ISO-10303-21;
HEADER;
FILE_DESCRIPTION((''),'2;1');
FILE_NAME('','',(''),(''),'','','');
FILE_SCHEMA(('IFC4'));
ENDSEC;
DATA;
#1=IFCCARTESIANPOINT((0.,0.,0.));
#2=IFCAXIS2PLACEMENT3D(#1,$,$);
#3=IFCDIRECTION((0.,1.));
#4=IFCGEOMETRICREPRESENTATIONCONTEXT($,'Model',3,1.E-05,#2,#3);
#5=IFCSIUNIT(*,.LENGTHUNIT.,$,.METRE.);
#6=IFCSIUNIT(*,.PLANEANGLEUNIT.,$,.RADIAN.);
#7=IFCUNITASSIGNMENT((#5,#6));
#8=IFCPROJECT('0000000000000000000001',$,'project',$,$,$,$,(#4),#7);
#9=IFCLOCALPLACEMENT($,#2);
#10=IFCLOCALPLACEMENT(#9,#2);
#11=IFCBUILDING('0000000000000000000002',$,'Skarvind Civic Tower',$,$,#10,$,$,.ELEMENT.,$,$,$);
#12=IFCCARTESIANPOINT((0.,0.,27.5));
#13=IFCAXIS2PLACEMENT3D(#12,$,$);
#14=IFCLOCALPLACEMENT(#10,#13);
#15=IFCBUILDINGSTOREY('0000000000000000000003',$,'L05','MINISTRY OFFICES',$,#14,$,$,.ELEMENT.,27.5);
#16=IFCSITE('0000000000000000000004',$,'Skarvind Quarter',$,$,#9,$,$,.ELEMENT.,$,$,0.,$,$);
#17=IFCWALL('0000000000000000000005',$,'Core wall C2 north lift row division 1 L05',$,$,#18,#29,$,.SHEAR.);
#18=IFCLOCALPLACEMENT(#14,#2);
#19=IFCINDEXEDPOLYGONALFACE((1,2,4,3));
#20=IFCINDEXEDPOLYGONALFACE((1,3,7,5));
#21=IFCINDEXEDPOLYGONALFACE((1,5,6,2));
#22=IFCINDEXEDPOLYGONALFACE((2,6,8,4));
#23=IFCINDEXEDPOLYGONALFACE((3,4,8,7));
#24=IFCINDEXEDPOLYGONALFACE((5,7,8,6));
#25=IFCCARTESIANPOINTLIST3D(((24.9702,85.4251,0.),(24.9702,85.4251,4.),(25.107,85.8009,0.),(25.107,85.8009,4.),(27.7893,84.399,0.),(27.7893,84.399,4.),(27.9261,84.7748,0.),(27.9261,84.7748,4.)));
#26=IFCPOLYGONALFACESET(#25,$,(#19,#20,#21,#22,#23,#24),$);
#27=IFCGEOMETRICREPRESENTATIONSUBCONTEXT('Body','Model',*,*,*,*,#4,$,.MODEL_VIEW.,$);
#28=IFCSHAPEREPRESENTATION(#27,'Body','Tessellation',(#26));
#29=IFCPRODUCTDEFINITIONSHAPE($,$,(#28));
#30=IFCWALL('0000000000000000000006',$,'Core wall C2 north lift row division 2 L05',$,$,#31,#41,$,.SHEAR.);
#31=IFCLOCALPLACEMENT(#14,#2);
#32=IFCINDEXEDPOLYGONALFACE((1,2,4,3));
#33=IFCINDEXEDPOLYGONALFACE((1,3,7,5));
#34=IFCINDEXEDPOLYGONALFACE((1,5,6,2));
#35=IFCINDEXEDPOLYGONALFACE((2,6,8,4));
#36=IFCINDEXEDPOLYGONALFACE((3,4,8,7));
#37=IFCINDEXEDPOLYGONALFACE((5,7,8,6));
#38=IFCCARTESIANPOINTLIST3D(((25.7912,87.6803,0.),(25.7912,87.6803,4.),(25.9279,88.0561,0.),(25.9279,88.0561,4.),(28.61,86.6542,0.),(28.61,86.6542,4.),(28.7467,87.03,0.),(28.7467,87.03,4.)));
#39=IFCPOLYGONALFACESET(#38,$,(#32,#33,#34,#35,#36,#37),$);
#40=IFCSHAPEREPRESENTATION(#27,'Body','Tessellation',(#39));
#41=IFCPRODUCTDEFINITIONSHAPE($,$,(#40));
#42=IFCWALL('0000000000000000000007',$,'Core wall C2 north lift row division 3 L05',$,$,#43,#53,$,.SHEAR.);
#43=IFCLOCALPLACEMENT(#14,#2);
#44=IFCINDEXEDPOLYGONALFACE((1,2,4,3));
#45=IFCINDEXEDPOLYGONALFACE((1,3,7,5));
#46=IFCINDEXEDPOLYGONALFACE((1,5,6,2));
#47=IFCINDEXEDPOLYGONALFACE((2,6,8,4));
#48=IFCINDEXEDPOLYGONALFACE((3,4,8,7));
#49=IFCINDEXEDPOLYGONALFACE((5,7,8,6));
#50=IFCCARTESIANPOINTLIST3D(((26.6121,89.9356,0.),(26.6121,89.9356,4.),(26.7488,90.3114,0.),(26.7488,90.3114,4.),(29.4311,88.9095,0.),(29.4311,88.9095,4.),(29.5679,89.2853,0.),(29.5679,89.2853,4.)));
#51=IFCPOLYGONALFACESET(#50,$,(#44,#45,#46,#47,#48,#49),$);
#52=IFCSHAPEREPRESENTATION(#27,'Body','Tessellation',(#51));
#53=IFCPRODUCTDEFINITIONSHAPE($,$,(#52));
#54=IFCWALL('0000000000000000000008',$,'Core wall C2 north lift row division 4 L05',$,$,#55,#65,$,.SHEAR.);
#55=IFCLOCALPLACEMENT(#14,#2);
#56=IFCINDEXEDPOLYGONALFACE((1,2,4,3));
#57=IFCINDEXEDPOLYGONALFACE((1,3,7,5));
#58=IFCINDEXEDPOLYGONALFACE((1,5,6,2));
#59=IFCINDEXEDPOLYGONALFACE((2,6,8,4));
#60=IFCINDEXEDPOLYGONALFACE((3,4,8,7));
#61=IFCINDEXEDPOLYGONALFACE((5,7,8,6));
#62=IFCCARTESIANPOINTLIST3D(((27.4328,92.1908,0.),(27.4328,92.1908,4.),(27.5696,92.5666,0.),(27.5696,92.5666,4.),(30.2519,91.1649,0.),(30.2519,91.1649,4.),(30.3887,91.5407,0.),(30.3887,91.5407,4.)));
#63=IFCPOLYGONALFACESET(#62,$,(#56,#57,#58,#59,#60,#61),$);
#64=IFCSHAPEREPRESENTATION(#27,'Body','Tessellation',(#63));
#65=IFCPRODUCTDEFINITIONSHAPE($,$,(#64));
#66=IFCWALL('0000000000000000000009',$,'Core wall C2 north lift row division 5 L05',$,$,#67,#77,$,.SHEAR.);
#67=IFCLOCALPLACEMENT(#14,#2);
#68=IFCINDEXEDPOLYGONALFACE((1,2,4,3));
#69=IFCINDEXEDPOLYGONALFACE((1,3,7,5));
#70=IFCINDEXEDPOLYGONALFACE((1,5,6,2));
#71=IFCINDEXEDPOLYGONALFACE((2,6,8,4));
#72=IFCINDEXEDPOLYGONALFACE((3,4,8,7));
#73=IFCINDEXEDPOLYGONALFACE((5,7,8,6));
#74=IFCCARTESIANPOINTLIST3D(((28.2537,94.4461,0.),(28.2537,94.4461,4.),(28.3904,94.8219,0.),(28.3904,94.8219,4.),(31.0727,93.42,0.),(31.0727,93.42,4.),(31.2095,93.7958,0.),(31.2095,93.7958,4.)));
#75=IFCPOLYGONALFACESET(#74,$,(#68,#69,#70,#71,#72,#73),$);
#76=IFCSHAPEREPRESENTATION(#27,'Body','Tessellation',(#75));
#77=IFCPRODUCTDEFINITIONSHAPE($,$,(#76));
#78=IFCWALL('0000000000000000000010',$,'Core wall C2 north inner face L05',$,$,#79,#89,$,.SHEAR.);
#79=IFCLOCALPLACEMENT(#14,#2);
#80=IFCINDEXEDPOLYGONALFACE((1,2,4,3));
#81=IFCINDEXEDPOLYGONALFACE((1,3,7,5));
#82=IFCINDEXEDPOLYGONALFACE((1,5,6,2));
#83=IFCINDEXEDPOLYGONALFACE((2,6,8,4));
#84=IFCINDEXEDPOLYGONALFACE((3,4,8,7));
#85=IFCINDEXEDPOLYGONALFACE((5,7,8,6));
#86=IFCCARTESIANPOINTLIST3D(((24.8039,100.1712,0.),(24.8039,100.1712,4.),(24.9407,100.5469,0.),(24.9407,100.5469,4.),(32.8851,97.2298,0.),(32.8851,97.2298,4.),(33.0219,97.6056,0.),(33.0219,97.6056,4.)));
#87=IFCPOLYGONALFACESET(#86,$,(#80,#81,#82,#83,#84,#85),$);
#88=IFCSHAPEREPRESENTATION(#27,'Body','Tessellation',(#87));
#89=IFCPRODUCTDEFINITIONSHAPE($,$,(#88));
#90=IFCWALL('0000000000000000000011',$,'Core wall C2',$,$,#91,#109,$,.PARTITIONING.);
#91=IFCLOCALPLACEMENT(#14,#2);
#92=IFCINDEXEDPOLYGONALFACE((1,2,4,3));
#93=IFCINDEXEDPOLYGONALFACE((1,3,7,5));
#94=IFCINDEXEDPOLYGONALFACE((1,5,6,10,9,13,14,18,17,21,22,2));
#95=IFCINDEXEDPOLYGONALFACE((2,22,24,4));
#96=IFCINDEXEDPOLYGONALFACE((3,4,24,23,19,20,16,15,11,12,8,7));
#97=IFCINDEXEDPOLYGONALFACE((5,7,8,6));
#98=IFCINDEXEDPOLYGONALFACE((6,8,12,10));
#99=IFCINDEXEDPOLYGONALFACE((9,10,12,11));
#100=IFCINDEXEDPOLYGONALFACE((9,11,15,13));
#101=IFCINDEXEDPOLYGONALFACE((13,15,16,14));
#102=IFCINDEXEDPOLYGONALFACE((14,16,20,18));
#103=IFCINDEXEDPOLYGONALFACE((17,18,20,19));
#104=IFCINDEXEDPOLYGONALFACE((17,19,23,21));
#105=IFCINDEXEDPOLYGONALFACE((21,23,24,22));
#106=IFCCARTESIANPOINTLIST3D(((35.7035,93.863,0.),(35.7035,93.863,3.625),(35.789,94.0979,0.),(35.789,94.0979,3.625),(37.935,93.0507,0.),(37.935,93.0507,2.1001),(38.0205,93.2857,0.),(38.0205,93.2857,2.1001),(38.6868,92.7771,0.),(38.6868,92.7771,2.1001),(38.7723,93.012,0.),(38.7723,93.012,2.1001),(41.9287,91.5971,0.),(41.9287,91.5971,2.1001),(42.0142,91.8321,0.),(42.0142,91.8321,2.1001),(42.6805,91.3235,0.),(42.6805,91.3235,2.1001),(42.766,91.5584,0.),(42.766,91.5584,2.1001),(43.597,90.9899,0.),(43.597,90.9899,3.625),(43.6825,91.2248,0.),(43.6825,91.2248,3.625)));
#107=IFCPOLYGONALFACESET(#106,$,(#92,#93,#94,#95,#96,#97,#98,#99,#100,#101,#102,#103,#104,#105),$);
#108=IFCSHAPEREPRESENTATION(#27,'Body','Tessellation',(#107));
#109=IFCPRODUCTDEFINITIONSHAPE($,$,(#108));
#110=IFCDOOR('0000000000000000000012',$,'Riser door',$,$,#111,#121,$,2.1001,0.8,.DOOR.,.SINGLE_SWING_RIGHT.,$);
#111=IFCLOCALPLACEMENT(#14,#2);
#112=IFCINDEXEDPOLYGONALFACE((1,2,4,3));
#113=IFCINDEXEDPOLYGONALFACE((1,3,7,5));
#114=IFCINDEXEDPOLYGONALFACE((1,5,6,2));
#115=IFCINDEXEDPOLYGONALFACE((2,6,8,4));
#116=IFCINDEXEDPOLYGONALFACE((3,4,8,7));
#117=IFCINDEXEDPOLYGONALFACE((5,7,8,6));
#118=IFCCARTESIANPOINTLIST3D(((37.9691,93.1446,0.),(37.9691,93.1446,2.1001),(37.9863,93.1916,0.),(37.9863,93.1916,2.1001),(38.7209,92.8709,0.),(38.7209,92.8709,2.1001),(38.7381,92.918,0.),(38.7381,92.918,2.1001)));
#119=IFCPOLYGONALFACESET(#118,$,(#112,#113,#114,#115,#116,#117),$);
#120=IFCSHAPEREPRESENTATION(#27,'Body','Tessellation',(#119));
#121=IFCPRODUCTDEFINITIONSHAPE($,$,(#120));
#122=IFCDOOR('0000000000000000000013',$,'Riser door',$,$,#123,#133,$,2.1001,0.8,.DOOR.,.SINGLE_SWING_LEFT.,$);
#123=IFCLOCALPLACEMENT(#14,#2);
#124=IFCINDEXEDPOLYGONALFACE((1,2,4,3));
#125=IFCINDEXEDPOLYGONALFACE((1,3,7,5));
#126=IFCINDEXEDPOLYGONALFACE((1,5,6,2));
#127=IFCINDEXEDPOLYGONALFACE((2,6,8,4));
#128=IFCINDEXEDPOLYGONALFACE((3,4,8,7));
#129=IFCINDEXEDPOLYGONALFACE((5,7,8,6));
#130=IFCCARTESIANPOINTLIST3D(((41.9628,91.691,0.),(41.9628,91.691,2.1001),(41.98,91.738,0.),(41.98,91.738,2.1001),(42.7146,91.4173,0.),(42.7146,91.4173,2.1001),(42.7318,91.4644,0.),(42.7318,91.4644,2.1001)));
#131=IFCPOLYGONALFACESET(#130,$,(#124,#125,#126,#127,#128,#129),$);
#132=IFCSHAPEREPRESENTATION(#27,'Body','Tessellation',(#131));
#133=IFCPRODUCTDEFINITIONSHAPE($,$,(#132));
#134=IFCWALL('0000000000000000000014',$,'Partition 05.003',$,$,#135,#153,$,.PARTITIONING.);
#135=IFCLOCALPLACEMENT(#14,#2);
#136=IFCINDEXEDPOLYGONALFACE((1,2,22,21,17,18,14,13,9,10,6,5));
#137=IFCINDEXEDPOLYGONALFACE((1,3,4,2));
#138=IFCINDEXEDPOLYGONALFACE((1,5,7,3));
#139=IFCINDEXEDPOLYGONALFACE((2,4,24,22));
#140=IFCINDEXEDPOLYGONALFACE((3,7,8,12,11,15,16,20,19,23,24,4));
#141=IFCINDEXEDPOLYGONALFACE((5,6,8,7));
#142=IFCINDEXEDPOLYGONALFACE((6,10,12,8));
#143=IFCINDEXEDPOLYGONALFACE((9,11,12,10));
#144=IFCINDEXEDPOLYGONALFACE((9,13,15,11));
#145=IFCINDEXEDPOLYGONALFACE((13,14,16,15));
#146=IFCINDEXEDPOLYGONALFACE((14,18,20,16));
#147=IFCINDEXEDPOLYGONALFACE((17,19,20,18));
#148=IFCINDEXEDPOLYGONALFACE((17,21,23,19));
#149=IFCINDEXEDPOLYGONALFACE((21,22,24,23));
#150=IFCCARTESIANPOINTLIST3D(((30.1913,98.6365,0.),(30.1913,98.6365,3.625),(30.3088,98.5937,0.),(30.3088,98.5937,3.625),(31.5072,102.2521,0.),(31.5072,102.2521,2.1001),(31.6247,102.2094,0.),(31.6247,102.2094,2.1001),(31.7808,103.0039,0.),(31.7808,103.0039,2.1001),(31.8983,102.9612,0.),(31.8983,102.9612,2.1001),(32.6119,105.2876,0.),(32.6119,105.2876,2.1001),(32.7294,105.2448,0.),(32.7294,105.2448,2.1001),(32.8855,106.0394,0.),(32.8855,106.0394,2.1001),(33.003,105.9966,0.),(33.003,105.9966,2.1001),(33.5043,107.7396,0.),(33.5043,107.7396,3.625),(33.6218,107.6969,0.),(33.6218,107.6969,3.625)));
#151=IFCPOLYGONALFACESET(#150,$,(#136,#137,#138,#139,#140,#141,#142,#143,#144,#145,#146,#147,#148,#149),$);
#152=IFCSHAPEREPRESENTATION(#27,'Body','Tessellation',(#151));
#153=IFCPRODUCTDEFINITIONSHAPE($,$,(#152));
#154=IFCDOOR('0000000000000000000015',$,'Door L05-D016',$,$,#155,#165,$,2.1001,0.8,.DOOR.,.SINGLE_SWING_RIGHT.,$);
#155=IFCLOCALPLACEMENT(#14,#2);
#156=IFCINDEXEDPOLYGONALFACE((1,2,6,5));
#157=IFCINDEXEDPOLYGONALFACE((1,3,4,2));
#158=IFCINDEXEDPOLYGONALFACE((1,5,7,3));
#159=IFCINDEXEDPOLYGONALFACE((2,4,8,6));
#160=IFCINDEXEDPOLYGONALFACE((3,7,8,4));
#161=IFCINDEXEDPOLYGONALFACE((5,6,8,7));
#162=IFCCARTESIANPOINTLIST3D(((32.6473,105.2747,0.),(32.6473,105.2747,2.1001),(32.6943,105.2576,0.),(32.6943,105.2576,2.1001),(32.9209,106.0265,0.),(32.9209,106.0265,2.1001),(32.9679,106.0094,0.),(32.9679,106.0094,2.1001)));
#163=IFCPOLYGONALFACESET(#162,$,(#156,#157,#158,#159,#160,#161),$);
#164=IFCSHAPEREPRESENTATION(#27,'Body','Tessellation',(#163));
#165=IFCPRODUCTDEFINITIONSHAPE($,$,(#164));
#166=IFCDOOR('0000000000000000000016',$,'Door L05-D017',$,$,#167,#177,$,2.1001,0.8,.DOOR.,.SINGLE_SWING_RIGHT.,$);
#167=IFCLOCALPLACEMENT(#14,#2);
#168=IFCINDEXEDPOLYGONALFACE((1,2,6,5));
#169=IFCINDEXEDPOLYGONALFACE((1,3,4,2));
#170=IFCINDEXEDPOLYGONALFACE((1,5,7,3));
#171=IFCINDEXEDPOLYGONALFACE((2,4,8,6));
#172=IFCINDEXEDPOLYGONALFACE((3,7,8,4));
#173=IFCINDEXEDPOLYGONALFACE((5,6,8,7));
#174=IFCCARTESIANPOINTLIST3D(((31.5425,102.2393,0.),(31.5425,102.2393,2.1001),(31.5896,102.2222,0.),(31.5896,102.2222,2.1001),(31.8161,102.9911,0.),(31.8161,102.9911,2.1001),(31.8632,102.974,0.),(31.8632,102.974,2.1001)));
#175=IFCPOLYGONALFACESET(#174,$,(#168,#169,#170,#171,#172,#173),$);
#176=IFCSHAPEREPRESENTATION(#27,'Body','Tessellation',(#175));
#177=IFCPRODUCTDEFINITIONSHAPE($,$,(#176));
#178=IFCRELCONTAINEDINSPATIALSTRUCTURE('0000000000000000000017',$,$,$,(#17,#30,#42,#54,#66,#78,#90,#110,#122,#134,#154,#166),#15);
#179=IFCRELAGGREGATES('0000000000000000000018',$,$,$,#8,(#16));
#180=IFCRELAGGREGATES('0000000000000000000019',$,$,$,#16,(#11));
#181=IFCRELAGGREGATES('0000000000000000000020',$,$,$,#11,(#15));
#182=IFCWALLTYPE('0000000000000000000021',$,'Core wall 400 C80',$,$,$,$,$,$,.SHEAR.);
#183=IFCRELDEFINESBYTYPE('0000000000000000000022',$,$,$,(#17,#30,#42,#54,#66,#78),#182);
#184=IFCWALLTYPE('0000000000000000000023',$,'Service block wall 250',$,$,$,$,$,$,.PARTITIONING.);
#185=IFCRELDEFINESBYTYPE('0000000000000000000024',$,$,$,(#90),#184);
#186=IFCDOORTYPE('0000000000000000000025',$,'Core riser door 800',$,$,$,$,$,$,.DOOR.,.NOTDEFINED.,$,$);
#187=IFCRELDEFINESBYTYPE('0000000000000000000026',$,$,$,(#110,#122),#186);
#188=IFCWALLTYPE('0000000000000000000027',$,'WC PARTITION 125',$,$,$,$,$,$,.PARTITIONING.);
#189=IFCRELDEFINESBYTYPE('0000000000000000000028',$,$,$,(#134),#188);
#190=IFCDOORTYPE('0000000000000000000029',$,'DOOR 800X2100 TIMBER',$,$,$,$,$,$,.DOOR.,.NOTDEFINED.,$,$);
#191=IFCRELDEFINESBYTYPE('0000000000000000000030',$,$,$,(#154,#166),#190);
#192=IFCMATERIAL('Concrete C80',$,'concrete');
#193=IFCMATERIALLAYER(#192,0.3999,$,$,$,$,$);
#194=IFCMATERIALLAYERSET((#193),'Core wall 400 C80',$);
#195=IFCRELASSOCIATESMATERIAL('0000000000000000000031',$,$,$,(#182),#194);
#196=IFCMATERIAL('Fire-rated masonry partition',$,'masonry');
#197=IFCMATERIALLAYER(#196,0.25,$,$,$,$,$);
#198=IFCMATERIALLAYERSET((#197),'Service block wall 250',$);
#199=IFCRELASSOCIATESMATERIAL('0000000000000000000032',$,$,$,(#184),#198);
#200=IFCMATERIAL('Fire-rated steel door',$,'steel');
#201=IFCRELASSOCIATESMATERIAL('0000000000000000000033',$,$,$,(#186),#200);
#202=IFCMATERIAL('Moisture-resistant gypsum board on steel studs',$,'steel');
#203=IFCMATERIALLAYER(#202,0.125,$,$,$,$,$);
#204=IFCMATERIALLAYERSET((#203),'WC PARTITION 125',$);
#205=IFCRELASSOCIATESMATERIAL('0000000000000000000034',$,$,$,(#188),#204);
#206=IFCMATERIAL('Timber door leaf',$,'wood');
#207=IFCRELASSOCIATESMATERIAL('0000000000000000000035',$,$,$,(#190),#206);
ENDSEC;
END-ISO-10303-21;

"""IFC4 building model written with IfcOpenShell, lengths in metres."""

from ifc_helpers import new_model, si_unit, direction, frame, frame_2d, origin, place, context, subcontext, project, spatial, rectangle, extrude, material, layer, layer_set, type_object, element, fill, save


model = new_model("IFC4")

# Units and contexts
model_context = context("Model", 3, precision=1e-05, world=origin(), true_north=direction((0.0, 1.0)))
body_context = subcontext(model_context, "Body", "Model", "MODEL_VIEW")
ifc_project = project(units=[si_unit("LENGTHUNIT", "METRE"), si_unit("PLANEANGLEUNIT", "RADIAN")], contexts=[model_context])

# Site, building, storey
site_placement = place(None, origin())
site = spatial("IfcSite", under=ifc_project, at=site_placement, Name="Skarvind Quarter", CompositionType="ELEMENT", RefElevation=0.0)
building_placement = place(site_placement, origin())
building = spatial("IfcBuilding", under=site, at=building_placement, Name="Skarvind Civic Tower", CompositionType="ELEMENT")
storey_placement = place(building_placement, frame((0.0, 0.0, 27.5)))
storey = spatial("IfcBuildingStorey", under=building, at=storey_placement, Name="L05", Description="MINISTRY OFFICES", CompositionType="ELEMENT", Elevation=27.5)

# Shared definitions
ifc_material_1 = material(Name="Concrete C80", Category="concrete")

# Shared definitions
ifc_material_2 = material(Name="Fire-rated masonry partition", Category="masonry")
ifc_material_3 = material(Name="Fire-rated steel door", Category="steel")

# Walls
ifc_layer_1 = layer(ifc_material_1, 0.3999)
ifc_layer_set_1 = layer_set([ifc_layer_1], Name="Core wall 400 C80")
wall_type_1 = type_object("IfcWallType", Name="Core wall 400 C80", PredefinedType="SHEAR", material=ifc_layer_set_1)
wall_1_placement = place(storey_placement, frame((27.8577, 84.5869, 0.0), z_axis=(0.0, 0.0, 1.0), x_axis=(-0.939686, 0.342037, 0.0)))
element("IfcWall", 1, at=wall_1_placement, inside=storey, type_object=wall_type_1, Name="Core wall C2 north lift row division 1 L05", PredefinedType="SHEAR", context=body_context, shape_type="SweptSolid", body=[
    extrude(rectangle(XDim=3.0, YDim=0.3999, at=frame_2d((1.5, 0.0))), origin(), (0.0, 0.0, 1.0), 4.0),
])
wall_2_placement = place(storey_placement, frame((28.6785, 86.842, 0.0), z_axis=(0.0, 0.0, 1.0), x_axis=(-0.939677, 0.342063, 0.0)))
element("IfcWall", 2, at=wall_2_placement, inside=storey, type_object=wall_type_1, Name="Core wall C2 north lift row division 2 L05", PredefinedType="SHEAR", context=body_context, shape_type="SweptSolid", body=[
    extrude(rectangle(XDim=2.9998, YDim=0.3999, at=frame_2d((1.5, 0.0))), origin(), (0.0, 0.0, 1.0), 4.0),
])
for number, where, z_axis, x_axis, name in (
    (3, (29.4995, 89.0974, 0.0), (0.0, 0.0, 1.0), (-0.939686, 0.342037, 0.0), "Core wall C2 north lift row division 3 L05"),
    (4, (30.3203, 91.3528, 0.0), (0.0, 0.0, 1.0), (-0.939713, 0.341965, 0.0), "Core wall C2 north lift row division 4 L05"),
    (5, (31.1411, 93.6079, 0.0), (0.0, 0.0, 1.0), (-0.939686, 0.342037, 0.0), "Core wall C2 north lift row division 5 L05"),
):
    element("IfcWall", number, at=place(storey_placement, frame(where, z_axis=z_axis, x_axis=x_axis)), inside=storey, type_object=wall_type_1, Name=name, PredefinedType="SHEAR", context=body_context, shape_type="SweptSolid", body=[
        extrude(rectangle(XDim=3.0, YDim=0.3999, at=frame_2d((1.5, 0.0))), origin(), (0.0, 0.0, 1.0), 4.0),
    ])
wall_3_placement = place(storey_placement, frame((32.9534, 97.4177, 0.0), z_axis=(0.0, 0.0, 1.0), x_axis=(-0.939691, 0.342026, 0.0)))
element("IfcWall", 6, at=wall_3_placement, inside=storey, type_object=wall_type_1, Name="Core wall C2 north inner face L05", PredefinedType="SHEAR", context=body_context, shape_type="SweptSolid", body=[
    extrude(rectangle(XDim=8.5999, YDim=0.3999, at=frame_2d((4.2998, 0.0))), origin(), (0.0, 0.0, 1.0), 4.0),
])

# Walls, openings, doors
ifc_layer_2 = layer(ifc_material_2, 0.25)
ifc_layer_set_2 = layer_set([ifc_layer_2], Name="Service block wall 250")
wall_type_2 = type_object("IfcWallType", Name="Service block wall 250", PredefinedType="PARTITIONING", material=ifc_layer_set_2)
wall_4_placement = place(storey_placement, frame((35.7461, 93.9805, 0.0), z_axis=(0.0, 0.0, 1.0), x_axis=(0.939692, -0.342023, 0.0)))
wall_4 = element("IfcWall", 7, at=wall_4_placement, inside=storey, type_object=wall_type_2, Name="Core wall C2", PredefinedType="PARTITIONING", context=body_context, shape_type="SweptSolid", body=[
    extrude(rectangle(XDim=8.4001, YDim=0.25, at=frame_2d((4.2002, 0.0))), origin(), (0.0, 0.0, 1.0), 3.625),
])
opening_1_placement = place(wall_4_placement, frame((2.375, 0.0, 0.0)))
opening_1 = element("IfcOpeningElement", 8, at=opening_1_placement, cuts=wall_4, PredefinedType="OPENING", context=body_context, shape_type="SweptSolid", body=[
    extrude(rectangle(XDim=0.8, YDim=2.1001, at=frame_2d((0.3999, 1.05))), frame((0.0, 0.135, 0.0), z_axis=(0.0, -1.0, 0.0), x_axis=(1.0, 0.0, 0.0)), (0.0, 0.0, 1.0), 0.27),
])
opening_2_placement = place(wall_4_placement, frame((6.625, 0.0, 0.0)))
opening_2 = element("IfcOpeningElement", 9, at=opening_2_placement, cuts=wall_4, PredefinedType="OPENING", context=body_context, shape_type="SweptSolid", body=[
    extrude(rectangle(XDim=0.8, YDim=2.1001, at=frame_2d((0.3999, 1.05))), frame((0.0, 0.135, 0.0), z_axis=(0.0, -1.0, 0.0), x_axis=(1.0, 0.0, 0.0)), (0.0, 0.0, 1.0), 0.27),
])
door_type_1 = type_object("IfcDoorType", Name="Core riser door 800", OperationType="NOTDEFINED", PredefinedType="DOOR", material=ifc_material_3)
door_1_placement = place(opening_1_placement, origin())
door_1 = element("IfcDoor", 10, at=door_1_placement, inside=storey, type_object=door_type_1, Name="Riser door", OperationType="SINGLE_SWING_RIGHT", OverallHeight=2.1001, OverallWidth=0.8, PredefinedType="DOOR", context=body_context, shape_type="SweptSolid", body=[
    extrude(rectangle(XDim=0.8, YDim=2.1001, at=frame_2d((0.3999, 1.05))), frame((0.0, 0.0249, 0.0), z_axis=(0.0, -1.0, 0.0), x_axis=(1.0, 0.0, 0.0)), (0.0, 0.0, 1.0), 0.05),
])
fill(opening_1, door_1)
door_2_placement = place(opening_2_placement, origin())
door_2 = element("IfcDoor", 11, at=door_2_placement, inside=storey, type_object=door_type_1, Name="Riser door", OperationType="SINGLE_SWING_LEFT", OverallHeight=2.1001, OverallWidth=0.8, PredefinedType="DOOR", context=body_context, shape_type="SweptSolid", body=[
    extrude(rectangle(XDim=0.8, YDim=2.1001, at=frame_2d((0.3999, 1.05))), frame((0.0, 0.0249, 0.0), z_axis=(0.0, -1.0, 0.0), x_axis=(1.0, 0.0, 0.0)), (0.0, 0.0, 1.0), 0.05),
])
fill(opening_2, door_2)
ifc_material_4 = material(Name="Moisture-resistant gypsum board on steel studs", Category="steel")
ifc_layer_3 = layer(ifc_material_4, 0.125)
ifc_layer_set_3 = layer_set([ifc_layer_3], Name="WC PARTITION 125")
wall_type_3 = type_object("IfcWallType", Name="WC PARTITION 125", PredefinedType="PARTITIONING", material=ifc_layer_set_3)
wall_5_placement = place(storey_placement, frame((30.25, 98.615, 0.0), z_axis=(0.0, 0.0, 1.0), x_axis=(0.341998, 0.939701, 0.0)))
wall_5 = element("IfcWall", 12, at=wall_5_placement, inside=storey, type_object=wall_type_3, Name="Partition 05.003", PredefinedType="PARTITIONING", context=body_context, shape_type="SweptSolid", body=[
    extrude(rectangle(XDim=9.6873, YDim=0.125, at=frame_2d((4.8438, 0.0))), origin(), (0.0, 0.0, 1.0), 3.625),
])
opening_3_placement = place(wall_5_placement, frame((7.0781, 0.0, 0.0)))
opening_3 = element("IfcOpeningElement", 13, at=opening_3_placement, cuts=wall_5, PredefinedType="OPENING", context=body_context, shape_type="SweptSolid", body=[
    extrude(rectangle(XDim=0.8, YDim=2.1001, at=frame_2d((0.3999, 1.05))), frame((0.0, 0.0725, 0.0), z_axis=(0.0, -1.0, 0.0), x_axis=(1.0, 0.0, 0.0)), (0.0, 0.0, 1.0), 0.145),
])
opening_4_placement = place(wall_5_placement, frame((3.8479, 0.0, 0.0)))
opening_4 = element("IfcOpeningElement", 14, at=opening_4_placement, cuts=wall_5, PredefinedType="OPENING", context=body_context, shape_type="SweptSolid", body=[
    extrude(rectangle(XDim=0.8, YDim=2.1001, at=frame_2d((0.3999, 1.05))), frame((0.0, 0.0725, 0.0), z_axis=(0.0, -1.0, 0.0), x_axis=(1.0, 0.0, 0.0)), (0.0, 0.0, 1.0), 0.145),
])
ifc_material_5 = material(Name="Timber door leaf", Category="wood")
door_type_2 = type_object("IfcDoorType", Name="DOOR 800X2100 TIMBER", OperationType="NOTDEFINED", PredefinedType="DOOR", material=ifc_material_5)
door_3_placement = place(opening_3_placement, origin())
door_3 = element("IfcDoor", 15, at=door_3_placement, inside=storey, type_object=door_type_2, Name="Door L05-D016", OperationType="SINGLE_SWING_RIGHT", OverallHeight=2.1001, OverallWidth=0.8, PredefinedType="DOOR", context=body_context, shape_type="SweptSolid", body=[
    extrude(rectangle(XDim=0.8, YDim=2.1001, at=frame_2d((0.3999, 1.05))), frame((0.0, 0.0249, 0.0), z_axis=(0.0, -1.0, 0.0), x_axis=(1.0, 0.0, 0.0)), (0.0, 0.0, 1.0), 0.05),
])
fill(opening_3, door_3)
door_4_placement = place(opening_4_placement, origin())
door_4 = element("IfcDoor", 16, at=door_4_placement, inside=storey, type_object=door_type_2, Name="Door L05-D017", OperationType="SINGLE_SWING_RIGHT", OverallHeight=2.1001, OverallWidth=0.8, PredefinedType="DOOR", context=body_context, shape_type="SweptSolid", body=[
    extrude(rectangle(XDim=0.8, YDim=2.1001, at=frame_2d((0.3999, 1.05))), frame((0.0, 0.0249, 0.0), z_axis=(0.0, -1.0, 0.0), x_axis=(1.0, 0.0, 0.0)), (0.0, 0.0, 1.0), 0.05),
])
fill(opening_4, door_4)

save(model, "model.ifc")
